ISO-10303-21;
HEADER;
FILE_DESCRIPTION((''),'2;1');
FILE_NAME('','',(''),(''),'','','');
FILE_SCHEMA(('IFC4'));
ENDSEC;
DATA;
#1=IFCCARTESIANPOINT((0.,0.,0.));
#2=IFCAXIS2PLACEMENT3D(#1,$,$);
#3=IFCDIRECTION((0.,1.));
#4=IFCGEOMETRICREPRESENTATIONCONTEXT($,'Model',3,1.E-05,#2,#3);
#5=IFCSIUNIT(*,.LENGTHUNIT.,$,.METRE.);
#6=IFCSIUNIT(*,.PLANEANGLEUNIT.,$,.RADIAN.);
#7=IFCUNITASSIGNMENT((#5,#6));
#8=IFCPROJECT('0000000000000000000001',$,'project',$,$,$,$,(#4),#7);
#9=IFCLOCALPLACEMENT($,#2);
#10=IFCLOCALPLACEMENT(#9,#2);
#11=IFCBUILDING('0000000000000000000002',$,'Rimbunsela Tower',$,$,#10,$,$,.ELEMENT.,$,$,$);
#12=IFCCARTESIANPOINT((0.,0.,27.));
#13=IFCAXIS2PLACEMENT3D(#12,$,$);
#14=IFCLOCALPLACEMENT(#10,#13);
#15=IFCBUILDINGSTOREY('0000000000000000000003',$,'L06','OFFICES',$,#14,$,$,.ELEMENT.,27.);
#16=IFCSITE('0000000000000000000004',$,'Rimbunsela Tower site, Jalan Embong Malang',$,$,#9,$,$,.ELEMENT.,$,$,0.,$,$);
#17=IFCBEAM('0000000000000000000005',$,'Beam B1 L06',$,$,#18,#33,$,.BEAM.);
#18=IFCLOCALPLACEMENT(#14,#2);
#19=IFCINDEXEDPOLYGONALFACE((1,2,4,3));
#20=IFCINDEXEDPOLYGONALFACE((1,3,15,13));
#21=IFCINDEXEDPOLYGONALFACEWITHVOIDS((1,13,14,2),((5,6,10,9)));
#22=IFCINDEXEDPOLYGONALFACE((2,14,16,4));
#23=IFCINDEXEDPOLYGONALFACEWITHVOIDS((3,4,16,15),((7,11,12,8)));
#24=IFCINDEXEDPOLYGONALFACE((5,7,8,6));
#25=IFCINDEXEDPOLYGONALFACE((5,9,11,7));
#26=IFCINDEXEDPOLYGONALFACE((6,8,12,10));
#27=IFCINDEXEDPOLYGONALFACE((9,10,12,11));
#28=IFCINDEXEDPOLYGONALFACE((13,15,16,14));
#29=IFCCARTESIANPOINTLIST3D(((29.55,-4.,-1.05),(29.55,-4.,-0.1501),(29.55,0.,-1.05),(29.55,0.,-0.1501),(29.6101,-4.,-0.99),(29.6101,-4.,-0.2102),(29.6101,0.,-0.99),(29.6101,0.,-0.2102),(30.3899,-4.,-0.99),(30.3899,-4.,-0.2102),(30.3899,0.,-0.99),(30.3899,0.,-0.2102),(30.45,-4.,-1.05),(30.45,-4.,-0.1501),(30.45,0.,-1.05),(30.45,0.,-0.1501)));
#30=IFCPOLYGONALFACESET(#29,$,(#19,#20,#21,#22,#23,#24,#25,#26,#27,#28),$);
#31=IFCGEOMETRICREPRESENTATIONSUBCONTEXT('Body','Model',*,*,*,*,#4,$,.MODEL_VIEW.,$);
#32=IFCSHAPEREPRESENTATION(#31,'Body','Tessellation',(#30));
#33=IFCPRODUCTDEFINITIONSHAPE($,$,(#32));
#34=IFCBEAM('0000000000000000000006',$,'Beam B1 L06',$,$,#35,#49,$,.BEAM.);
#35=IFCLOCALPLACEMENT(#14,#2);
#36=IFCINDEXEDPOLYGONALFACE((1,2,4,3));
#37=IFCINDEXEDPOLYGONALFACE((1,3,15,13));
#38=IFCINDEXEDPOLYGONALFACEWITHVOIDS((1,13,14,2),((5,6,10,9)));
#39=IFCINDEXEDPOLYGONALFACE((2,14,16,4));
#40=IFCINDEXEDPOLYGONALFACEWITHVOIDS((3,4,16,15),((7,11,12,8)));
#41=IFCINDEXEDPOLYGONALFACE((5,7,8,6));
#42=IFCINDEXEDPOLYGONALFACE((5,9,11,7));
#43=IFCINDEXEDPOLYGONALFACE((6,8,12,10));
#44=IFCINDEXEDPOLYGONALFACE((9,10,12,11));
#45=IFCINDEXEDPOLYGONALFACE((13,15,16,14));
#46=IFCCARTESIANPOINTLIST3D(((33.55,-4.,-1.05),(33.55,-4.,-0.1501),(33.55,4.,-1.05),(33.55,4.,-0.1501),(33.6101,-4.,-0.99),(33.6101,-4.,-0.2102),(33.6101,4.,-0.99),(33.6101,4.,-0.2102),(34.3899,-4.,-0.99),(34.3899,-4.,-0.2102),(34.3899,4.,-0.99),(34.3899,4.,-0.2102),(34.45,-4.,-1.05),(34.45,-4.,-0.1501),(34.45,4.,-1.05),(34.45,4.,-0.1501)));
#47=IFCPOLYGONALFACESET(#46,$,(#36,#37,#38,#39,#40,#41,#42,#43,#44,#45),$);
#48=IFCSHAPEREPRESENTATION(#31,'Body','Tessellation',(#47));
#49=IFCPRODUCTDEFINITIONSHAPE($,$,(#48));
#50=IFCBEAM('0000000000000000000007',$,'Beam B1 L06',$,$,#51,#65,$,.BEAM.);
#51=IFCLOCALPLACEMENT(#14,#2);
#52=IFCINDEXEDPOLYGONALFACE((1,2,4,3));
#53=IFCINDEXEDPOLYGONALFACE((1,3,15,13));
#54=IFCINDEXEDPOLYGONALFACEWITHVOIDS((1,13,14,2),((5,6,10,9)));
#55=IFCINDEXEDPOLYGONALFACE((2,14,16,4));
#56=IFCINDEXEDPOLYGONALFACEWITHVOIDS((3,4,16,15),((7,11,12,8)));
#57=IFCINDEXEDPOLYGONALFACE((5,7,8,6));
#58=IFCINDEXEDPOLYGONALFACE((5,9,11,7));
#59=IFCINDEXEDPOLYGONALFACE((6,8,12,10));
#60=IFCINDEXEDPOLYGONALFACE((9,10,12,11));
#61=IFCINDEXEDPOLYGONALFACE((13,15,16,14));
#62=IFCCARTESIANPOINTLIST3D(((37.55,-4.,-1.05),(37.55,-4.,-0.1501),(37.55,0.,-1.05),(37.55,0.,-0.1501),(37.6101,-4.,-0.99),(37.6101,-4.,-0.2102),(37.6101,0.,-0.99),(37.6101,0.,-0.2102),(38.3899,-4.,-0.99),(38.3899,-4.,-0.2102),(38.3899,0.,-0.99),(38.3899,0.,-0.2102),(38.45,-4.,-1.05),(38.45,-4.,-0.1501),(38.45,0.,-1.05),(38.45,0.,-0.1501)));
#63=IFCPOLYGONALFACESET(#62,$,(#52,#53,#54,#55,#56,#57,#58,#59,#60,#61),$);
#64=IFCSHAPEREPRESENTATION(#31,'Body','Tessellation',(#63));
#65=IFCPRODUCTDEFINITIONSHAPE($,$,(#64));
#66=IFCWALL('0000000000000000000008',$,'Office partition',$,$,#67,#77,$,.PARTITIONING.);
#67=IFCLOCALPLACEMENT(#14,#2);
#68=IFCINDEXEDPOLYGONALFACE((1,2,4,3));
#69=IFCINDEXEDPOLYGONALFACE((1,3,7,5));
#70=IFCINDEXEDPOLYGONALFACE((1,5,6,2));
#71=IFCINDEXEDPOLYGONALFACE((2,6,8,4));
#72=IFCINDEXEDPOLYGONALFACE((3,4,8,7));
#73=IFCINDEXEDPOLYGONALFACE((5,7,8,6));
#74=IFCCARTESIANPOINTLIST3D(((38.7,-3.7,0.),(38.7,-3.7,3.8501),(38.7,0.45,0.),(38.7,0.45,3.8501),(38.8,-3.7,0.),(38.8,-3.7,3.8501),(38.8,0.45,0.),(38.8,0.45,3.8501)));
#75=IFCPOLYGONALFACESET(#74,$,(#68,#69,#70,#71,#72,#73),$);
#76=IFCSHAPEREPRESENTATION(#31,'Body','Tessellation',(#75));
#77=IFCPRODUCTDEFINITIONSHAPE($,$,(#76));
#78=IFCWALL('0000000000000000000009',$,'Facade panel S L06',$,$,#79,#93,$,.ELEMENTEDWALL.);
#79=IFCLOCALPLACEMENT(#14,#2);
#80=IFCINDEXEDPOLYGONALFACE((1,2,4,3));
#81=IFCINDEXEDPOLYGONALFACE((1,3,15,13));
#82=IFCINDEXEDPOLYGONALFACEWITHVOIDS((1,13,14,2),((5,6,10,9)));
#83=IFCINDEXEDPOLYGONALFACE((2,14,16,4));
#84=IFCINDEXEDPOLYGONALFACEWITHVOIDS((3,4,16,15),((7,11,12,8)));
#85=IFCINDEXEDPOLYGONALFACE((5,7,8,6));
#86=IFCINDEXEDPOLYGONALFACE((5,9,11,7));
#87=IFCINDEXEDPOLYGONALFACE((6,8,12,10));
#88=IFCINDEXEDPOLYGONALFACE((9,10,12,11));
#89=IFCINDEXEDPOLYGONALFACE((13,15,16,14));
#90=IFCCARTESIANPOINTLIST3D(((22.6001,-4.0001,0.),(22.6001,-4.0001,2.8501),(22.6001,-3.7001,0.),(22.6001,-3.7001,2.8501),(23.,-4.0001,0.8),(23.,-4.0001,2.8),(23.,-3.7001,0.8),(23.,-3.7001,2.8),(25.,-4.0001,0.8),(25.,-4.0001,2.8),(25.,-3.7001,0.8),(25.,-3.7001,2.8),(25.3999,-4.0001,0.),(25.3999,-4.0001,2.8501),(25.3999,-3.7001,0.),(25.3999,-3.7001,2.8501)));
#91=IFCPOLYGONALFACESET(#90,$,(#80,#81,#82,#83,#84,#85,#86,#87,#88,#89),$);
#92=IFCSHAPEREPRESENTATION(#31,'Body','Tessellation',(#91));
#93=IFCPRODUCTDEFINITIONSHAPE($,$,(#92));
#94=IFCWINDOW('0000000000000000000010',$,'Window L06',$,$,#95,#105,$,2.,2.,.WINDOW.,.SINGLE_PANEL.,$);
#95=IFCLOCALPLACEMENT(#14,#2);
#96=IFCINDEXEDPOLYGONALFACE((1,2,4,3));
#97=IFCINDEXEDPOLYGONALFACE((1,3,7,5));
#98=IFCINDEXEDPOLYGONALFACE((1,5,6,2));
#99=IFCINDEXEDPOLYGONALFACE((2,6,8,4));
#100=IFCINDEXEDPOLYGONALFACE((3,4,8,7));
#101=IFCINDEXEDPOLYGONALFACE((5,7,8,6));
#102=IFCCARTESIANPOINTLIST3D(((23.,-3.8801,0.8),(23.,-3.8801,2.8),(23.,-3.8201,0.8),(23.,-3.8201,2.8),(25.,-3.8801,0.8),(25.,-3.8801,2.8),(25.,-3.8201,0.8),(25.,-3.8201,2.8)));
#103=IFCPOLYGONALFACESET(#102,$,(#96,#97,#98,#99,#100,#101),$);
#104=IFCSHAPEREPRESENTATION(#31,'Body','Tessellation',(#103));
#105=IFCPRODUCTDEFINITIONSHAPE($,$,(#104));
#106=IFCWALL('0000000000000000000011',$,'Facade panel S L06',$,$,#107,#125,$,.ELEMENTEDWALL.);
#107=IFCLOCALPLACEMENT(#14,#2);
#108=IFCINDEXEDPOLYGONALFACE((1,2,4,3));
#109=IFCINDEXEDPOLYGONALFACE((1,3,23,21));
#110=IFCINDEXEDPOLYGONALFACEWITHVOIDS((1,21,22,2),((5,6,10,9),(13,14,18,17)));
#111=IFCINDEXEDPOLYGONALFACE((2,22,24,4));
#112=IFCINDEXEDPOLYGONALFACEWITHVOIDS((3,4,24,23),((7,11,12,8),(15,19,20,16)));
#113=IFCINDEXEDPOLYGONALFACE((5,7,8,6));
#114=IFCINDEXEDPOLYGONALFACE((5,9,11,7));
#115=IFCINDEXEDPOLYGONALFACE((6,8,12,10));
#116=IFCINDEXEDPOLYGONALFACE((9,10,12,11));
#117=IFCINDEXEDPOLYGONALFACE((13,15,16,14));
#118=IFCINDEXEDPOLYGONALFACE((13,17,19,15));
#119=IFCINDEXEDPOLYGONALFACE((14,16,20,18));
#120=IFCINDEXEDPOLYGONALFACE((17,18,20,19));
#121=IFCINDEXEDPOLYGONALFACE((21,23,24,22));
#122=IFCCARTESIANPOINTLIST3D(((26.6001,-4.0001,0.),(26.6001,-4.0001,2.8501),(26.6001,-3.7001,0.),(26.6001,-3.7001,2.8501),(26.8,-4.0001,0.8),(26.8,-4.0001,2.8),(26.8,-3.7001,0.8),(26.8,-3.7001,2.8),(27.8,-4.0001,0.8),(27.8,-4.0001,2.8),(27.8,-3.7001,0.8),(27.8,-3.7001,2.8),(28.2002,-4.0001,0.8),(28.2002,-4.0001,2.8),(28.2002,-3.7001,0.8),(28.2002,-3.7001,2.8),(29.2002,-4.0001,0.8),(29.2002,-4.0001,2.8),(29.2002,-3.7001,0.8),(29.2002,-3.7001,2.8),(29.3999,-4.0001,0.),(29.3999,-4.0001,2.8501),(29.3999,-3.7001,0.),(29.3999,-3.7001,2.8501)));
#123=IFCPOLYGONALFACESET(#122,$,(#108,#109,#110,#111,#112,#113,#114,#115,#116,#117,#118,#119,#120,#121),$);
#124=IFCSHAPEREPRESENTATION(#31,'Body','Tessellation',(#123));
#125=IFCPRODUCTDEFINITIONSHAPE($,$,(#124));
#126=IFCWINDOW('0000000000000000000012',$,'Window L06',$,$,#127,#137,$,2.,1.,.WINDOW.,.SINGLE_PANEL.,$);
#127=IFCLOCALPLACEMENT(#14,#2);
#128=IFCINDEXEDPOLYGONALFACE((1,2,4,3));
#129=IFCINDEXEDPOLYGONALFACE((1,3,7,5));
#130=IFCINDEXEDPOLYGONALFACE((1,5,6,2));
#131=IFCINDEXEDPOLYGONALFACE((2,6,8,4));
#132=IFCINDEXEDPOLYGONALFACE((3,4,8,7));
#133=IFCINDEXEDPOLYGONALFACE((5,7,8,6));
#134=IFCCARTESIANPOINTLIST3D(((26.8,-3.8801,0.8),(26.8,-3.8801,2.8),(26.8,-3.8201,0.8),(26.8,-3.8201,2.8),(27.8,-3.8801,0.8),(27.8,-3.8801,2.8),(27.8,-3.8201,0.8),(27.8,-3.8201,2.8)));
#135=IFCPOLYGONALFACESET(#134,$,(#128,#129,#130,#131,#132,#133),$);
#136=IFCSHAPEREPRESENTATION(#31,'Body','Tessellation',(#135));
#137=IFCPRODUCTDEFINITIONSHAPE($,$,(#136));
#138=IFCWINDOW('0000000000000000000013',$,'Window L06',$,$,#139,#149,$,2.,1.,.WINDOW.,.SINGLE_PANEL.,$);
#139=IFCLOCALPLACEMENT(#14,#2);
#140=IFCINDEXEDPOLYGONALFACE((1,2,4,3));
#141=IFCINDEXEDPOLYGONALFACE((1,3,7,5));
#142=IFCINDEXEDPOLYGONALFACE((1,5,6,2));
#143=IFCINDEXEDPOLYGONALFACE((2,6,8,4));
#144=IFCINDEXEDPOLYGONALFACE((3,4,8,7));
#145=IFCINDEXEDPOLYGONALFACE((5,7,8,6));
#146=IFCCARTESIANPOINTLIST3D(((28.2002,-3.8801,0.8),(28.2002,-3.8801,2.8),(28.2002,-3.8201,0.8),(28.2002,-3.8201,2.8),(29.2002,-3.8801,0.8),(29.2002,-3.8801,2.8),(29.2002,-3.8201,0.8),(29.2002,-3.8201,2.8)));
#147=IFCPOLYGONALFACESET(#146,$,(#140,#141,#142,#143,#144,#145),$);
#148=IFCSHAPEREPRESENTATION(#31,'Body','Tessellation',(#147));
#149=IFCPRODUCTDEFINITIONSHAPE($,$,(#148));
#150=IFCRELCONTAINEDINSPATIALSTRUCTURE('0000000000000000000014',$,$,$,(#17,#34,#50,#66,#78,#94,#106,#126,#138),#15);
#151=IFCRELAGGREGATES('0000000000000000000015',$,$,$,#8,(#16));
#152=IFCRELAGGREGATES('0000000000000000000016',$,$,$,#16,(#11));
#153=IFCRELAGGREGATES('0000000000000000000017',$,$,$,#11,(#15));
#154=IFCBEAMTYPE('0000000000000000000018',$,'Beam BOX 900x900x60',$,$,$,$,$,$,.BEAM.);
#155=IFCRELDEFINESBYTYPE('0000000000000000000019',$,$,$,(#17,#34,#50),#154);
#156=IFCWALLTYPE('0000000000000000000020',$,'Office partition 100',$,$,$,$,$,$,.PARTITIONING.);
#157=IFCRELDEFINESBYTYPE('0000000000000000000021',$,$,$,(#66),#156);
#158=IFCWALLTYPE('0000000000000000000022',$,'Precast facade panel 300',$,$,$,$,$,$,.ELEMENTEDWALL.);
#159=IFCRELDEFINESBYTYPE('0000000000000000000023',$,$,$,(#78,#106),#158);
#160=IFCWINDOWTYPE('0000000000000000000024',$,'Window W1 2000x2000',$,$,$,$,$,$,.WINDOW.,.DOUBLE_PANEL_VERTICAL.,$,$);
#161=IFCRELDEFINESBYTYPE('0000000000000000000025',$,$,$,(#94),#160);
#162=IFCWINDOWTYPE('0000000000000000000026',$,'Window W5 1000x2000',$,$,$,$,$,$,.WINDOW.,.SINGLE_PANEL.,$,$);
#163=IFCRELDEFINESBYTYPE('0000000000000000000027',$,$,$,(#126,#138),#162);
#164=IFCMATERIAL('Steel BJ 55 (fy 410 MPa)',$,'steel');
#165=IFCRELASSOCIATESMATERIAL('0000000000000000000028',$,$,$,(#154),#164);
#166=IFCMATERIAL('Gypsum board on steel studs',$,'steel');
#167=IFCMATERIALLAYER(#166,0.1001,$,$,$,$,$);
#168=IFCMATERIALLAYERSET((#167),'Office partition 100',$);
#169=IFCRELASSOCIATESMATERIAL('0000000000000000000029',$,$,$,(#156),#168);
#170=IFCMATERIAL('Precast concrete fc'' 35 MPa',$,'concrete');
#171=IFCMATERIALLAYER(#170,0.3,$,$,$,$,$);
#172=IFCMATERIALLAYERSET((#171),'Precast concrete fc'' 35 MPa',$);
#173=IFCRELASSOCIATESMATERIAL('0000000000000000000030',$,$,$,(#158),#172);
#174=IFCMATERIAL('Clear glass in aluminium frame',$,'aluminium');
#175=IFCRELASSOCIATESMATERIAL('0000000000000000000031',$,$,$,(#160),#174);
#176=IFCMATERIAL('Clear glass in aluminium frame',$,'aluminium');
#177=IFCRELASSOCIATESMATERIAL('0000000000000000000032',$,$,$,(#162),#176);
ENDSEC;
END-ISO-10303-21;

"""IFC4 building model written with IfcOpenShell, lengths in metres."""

from ifc_helpers import new_model, si_unit, direction, frame, frame_2d, origin, origin_2d, place, context, subcontext, project, spatial, rectangle, hollow_rectangle, extrude, material, layer, layer_set, material_profile, profile_set, type_object, element, fill, save


model = new_model("IFC4")

# Units and contexts
model_context = context("Model", 3, precision=1e-05, world=origin(), true_north=direction((0.0, 1.0)))
body_context = subcontext(model_context, "Body", "Model", "MODEL_VIEW")
ifc_project = project(units=[si_unit("LENGTHUNIT", "METRE"), si_unit("PLANEANGLEUNIT", "RADIAN")], contexts=[model_context])

# Site, building, storey
site_placement = place(None, origin())
site = spatial("IfcSite", under=ifc_project, at=site_placement, Name="Rimbunsela Tower site, Jalan Embong Malang", CompositionType="ELEMENT", RefElevation=0.0)
building_placement = place(site_placement, origin())
building = spatial("IfcBuilding", under=site, at=building_placement, Name="Rimbunsela Tower", CompositionType="ELEMENT")
storey_placement = place(building_placement, frame((0.0, 0.0, 27.0)))
storey = spatial("IfcBuildingStorey", under=building, at=storey_placement, Name="L06", Description="OFFICES", CompositionType="ELEMENT", Elevation=27.0)

# Beams
ifc_material_1 = material(Name="Steel BJ 55 (fy 410 MPa)", Category="steel")
ifc_material_profile_1 = material_profile(ifc_material_1, hollow_rectangle(XDim=0.8999, YDim=0.8999, WallThickness=0.0601, at=origin_2d()), Name="BOX 900x900x60")
ifc_profile_set_1 = profile_set([ifc_material_profile_1], Name="Steel BJ 55 (fy 410 MPa)")
beam_type_1 = type_object("IfcBeamType", Name="Beam BOX 900x900x60", PredefinedType="BEAM", material=ifc_profile_set_1)
beam_1_placement = place(storey_placement, frame((30.0, -4.0, -0.6001), z_axis=(0.0, 1.0, 0.0), x_axis=(-1.0, 0.0, 0.0)))
element("IfcBeam", 1, at=beam_1_placement, inside=storey, type_object=beam_type_1, Name="Beam B1 L06", PredefinedType="BEAM", context=body_context, shape_type="SweptSolid", body=[
    extrude(hollow_rectangle(XDim=0.8999, YDim=0.8999, WallThickness=0.0601, at=origin_2d()), origin(), (0.0, 0.0, 1.0), 4.0),
])
beam_2_placement = place(storey_placement, frame((34.0, -4.0, -0.6001), z_axis=(0.0, 1.0, 0.0), x_axis=(-1.0, 0.0, 0.0)))
element("IfcBeam", 2, at=beam_2_placement, inside=storey, type_object=beam_type_1, Name="Beam B1 L06", PredefinedType="BEAM", context=body_context, shape_type="SweptSolid", body=[
    extrude(hollow_rectangle(XDim=0.8999, YDim=0.8999, WallThickness=0.0601, at=origin_2d()), origin(), (0.0, 0.0, 1.0), 8.0),
])
beam_3_placement = place(storey_placement, frame((38.0, -4.0, -0.6001), z_axis=(0.0, 1.0, 0.0), x_axis=(-1.0, 0.0, 0.0)))
element("IfcBeam", 3, at=beam_3_placement, inside=storey, type_object=beam_type_1, Name="Beam B1 L06", PredefinedType="BEAM", context=body_context, shape_type="SweptSolid", body=[
    extrude(hollow_rectangle(XDim=0.8999, YDim=0.8999, WallThickness=0.0601, at=origin_2d()), origin(), (0.0, 0.0, 1.0), 4.0),
])

# Wall
ifc_material_2 = material(Name="Gypsum board on steel studs", Category="steel")
ifc_layer_1 = layer(ifc_material_2, 0.1001)
ifc_layer_set_1 = layer_set([ifc_layer_1], Name="Office partition 100")
wall_type_1 = type_object("IfcWallType", Name="Office partition 100", PredefinedType="PARTITIONING", material=ifc_layer_set_1)
wall_1_placement = place(storey_placement, frame((38.75, -3.7, 0.0), z_axis=(0.0, 0.0, 1.0), x_axis=(0.0, 1.0, 0.0)))
element("IfcWall", 4, at=wall_1_placement, inside=storey, type_object=wall_type_1, Name="Office partition", PredefinedType="PARTITIONING", context=body_context, shape_type="SweptSolid", body=[
    extrude(rectangle(XDim=4.1499, YDim=0.1001, at=frame_2d((2.075, 0.0))), origin(), (0.0, 0.0, 1.0), 3.8501),
])

# Wall, opening, window
ifc_material_3 = material(Name="Precast concrete fc' 35 MPa", Category="concrete")
ifc_layer_2 = layer(ifc_material_3, 0.3)
ifc_layer_set_2 = layer_set([ifc_layer_2], Name="Precast concrete fc' 35 MPa")
wall_type_2 = type_object("IfcWallType", Name="Precast facade panel 300", PredefinedType="ELEMENTEDWALL", material=ifc_layer_set_2)
wall_2_placement = place(storey_placement, frame((22.6001, -3.8501, 0.0), z_axis=(0.0, 0.0, 1.0), x_axis=(1.0, 0.0, 0.0)))
wall_2 = element("IfcWall", 5, at=wall_2_placement, inside=storey, type_object=wall_type_2, Name="Facade panel S L06", PredefinedType="ELEMENTEDWALL", context=body_context, shape_type="SweptSolid", body=[
    extrude(rectangle(XDim=2.7998, YDim=0.3, at=frame_2d((1.3999, 0.0))), origin(), (0.0, 0.0, 1.0), 2.8501),
])
opening_1_placement = place(wall_2_placement, frame((0.3999, 0.0, 0.8)))
opening_1 = element("IfcOpeningElement", 6, at=opening_1_placement, cuts=wall_2, PredefinedType="OPENING", context=body_context, shape_type="SweptSolid", body=[
    extrude(rectangle(XDim=2.0, YDim=2.0, at=frame_2d((1.0, 1.0))), frame((0.0, 0.1599, 0.0), z_axis=(0.0, -1.0, 0.0), x_axis=(1.0, 0.0, 0.0)), (0.0, 0.0, 1.0), 0.3201),
])
ifc_material_4 = material(Name="Clear glass in aluminium frame", Category="aluminium")
window_type_1 = type_object("IfcWindowType", Name="Window W1 2000x2000", PartitioningType="DOUBLE_PANEL_VERTICAL", PredefinedType="WINDOW", material=ifc_material_4)
window_1_placement = place(opening_1_placement, origin())
window_1 = element("IfcWindow", 7, at=window_1_placement, inside=storey, type_object=window_type_1, Name="Window L06", OverallHeight=2.0, OverallWidth=2.0, PartitioningType="SINGLE_PANEL", PredefinedType="WINDOW", context=body_context, shape_type="SweptSolid", body=[
    extrude(rectangle(XDim=2.0, YDim=2.0, at=frame_2d((1.0, 1.0))), frame((0.0, 0.03, 0.0), z_axis=(0.0, -1.0, 0.0), x_axis=(1.0, 0.0, 0.0)), (0.0, 0.0, 1.0), 0.0601),
])
fill(opening_1, window_1)

# Wall, openings, windows
wall_3_placement = place(storey_placement, frame((26.6001, -3.8501, 0.0), z_axis=(0.0, 0.0, 1.0), x_axis=(1.0, 0.0, 0.0)))
wall_3 = element("IfcWall", 8, at=wall_3_placement, inside=storey, type_object=wall_type_2, Name="Facade panel S L06", PredefinedType="ELEMENTEDWALL", context=body_context, shape_type="SweptSolid", body=[
    extrude(rectangle(XDim=2.7998, YDim=0.3, at=frame_2d((1.3999, 0.0))), origin(), (0.0, 0.0, 1.0), 2.8501),
])
opening_2_placement = place(wall_3_placement, frame((0.2, 0.0, 0.8)))
opening_2 = element("IfcOpeningElement", 9, at=opening_2_placement, cuts=wall_3, PredefinedType="OPENING", context=body_context, shape_type="SweptSolid", body=[
    extrude(rectangle(XDim=1.0, YDim=2.0, at=frame_2d((0.5, 1.0))), frame((0.0, 0.1599, 0.0), z_axis=(0.0, -1.0, 0.0), x_axis=(1.0, 0.0, 0.0)), (0.0, 0.0, 1.0), 0.3201),
])
opening_3_placement = place(wall_3_placement, frame((1.6001, 0.0, 0.8)))
opening_3 = element("IfcOpeningElement", 10, at=opening_3_placement, cuts=wall_3, PredefinedType="OPENING", context=body_context, shape_type="SweptSolid", body=[
    extrude(rectangle(XDim=1.0, YDim=2.0, at=frame_2d((0.5, 1.0))), frame((0.0, 0.1599, 0.0), z_axis=(0.0, -1.0, 0.0), x_axis=(1.0, 0.0, 0.0)), (0.0, 0.0, 1.0), 0.3201),
])
ifc_material_5 = material(Name="Clear glass in aluminium frame", Category="aluminium")
window_type_2 = type_object("IfcWindowType", Name="Window W5 1000x2000", PartitioningType="SINGLE_PANEL", PredefinedType="WINDOW", material=ifc_material_5)
window_2_placement = place(opening_2_placement, origin())
window_2 = element("IfcWindow", 11, at=window_2_placement, inside=storey, type_object=window_type_2, Name="Window L06", OverallHeight=2.0, OverallWidth=1.0, PartitioningType="SINGLE_PANEL", PredefinedType="WINDOW", context=body_context, shape_type="SweptSolid", body=[
    extrude(rectangle(XDim=1.0, YDim=2.0, at=frame_2d((0.5, 1.0))), frame((0.0, 0.03, 0.0), z_axis=(0.0, -1.0, 0.0), x_axis=(1.0, 0.0, 0.0)), (0.0, 0.0, 1.0), 0.0601),
])
fill(opening_2, window_2)
window_3_placement = place(opening_3_placement, origin())
window_3 = element("IfcWindow", 12, at=window_3_placement, inside=storey, type_object=window_type_2, Name="Window L06", OverallHeight=2.0, OverallWidth=1.0, PartitioningType="SINGLE_PANEL", PredefinedType="WINDOW", context=body_context, shape_type="SweptSolid", body=[
    extrude(rectangle(XDim=1.0, YDim=2.0, at=frame_2d((0.5, 1.0))), frame((0.0, 0.03, 0.0), z_axis=(0.0, -1.0, 0.0), x_axis=(1.0, 0.0, 0.0)), (0.0, 0.0, 1.0), 0.0601),
])
fill(opening_3, window_3)

save(model, "model.ifc")
